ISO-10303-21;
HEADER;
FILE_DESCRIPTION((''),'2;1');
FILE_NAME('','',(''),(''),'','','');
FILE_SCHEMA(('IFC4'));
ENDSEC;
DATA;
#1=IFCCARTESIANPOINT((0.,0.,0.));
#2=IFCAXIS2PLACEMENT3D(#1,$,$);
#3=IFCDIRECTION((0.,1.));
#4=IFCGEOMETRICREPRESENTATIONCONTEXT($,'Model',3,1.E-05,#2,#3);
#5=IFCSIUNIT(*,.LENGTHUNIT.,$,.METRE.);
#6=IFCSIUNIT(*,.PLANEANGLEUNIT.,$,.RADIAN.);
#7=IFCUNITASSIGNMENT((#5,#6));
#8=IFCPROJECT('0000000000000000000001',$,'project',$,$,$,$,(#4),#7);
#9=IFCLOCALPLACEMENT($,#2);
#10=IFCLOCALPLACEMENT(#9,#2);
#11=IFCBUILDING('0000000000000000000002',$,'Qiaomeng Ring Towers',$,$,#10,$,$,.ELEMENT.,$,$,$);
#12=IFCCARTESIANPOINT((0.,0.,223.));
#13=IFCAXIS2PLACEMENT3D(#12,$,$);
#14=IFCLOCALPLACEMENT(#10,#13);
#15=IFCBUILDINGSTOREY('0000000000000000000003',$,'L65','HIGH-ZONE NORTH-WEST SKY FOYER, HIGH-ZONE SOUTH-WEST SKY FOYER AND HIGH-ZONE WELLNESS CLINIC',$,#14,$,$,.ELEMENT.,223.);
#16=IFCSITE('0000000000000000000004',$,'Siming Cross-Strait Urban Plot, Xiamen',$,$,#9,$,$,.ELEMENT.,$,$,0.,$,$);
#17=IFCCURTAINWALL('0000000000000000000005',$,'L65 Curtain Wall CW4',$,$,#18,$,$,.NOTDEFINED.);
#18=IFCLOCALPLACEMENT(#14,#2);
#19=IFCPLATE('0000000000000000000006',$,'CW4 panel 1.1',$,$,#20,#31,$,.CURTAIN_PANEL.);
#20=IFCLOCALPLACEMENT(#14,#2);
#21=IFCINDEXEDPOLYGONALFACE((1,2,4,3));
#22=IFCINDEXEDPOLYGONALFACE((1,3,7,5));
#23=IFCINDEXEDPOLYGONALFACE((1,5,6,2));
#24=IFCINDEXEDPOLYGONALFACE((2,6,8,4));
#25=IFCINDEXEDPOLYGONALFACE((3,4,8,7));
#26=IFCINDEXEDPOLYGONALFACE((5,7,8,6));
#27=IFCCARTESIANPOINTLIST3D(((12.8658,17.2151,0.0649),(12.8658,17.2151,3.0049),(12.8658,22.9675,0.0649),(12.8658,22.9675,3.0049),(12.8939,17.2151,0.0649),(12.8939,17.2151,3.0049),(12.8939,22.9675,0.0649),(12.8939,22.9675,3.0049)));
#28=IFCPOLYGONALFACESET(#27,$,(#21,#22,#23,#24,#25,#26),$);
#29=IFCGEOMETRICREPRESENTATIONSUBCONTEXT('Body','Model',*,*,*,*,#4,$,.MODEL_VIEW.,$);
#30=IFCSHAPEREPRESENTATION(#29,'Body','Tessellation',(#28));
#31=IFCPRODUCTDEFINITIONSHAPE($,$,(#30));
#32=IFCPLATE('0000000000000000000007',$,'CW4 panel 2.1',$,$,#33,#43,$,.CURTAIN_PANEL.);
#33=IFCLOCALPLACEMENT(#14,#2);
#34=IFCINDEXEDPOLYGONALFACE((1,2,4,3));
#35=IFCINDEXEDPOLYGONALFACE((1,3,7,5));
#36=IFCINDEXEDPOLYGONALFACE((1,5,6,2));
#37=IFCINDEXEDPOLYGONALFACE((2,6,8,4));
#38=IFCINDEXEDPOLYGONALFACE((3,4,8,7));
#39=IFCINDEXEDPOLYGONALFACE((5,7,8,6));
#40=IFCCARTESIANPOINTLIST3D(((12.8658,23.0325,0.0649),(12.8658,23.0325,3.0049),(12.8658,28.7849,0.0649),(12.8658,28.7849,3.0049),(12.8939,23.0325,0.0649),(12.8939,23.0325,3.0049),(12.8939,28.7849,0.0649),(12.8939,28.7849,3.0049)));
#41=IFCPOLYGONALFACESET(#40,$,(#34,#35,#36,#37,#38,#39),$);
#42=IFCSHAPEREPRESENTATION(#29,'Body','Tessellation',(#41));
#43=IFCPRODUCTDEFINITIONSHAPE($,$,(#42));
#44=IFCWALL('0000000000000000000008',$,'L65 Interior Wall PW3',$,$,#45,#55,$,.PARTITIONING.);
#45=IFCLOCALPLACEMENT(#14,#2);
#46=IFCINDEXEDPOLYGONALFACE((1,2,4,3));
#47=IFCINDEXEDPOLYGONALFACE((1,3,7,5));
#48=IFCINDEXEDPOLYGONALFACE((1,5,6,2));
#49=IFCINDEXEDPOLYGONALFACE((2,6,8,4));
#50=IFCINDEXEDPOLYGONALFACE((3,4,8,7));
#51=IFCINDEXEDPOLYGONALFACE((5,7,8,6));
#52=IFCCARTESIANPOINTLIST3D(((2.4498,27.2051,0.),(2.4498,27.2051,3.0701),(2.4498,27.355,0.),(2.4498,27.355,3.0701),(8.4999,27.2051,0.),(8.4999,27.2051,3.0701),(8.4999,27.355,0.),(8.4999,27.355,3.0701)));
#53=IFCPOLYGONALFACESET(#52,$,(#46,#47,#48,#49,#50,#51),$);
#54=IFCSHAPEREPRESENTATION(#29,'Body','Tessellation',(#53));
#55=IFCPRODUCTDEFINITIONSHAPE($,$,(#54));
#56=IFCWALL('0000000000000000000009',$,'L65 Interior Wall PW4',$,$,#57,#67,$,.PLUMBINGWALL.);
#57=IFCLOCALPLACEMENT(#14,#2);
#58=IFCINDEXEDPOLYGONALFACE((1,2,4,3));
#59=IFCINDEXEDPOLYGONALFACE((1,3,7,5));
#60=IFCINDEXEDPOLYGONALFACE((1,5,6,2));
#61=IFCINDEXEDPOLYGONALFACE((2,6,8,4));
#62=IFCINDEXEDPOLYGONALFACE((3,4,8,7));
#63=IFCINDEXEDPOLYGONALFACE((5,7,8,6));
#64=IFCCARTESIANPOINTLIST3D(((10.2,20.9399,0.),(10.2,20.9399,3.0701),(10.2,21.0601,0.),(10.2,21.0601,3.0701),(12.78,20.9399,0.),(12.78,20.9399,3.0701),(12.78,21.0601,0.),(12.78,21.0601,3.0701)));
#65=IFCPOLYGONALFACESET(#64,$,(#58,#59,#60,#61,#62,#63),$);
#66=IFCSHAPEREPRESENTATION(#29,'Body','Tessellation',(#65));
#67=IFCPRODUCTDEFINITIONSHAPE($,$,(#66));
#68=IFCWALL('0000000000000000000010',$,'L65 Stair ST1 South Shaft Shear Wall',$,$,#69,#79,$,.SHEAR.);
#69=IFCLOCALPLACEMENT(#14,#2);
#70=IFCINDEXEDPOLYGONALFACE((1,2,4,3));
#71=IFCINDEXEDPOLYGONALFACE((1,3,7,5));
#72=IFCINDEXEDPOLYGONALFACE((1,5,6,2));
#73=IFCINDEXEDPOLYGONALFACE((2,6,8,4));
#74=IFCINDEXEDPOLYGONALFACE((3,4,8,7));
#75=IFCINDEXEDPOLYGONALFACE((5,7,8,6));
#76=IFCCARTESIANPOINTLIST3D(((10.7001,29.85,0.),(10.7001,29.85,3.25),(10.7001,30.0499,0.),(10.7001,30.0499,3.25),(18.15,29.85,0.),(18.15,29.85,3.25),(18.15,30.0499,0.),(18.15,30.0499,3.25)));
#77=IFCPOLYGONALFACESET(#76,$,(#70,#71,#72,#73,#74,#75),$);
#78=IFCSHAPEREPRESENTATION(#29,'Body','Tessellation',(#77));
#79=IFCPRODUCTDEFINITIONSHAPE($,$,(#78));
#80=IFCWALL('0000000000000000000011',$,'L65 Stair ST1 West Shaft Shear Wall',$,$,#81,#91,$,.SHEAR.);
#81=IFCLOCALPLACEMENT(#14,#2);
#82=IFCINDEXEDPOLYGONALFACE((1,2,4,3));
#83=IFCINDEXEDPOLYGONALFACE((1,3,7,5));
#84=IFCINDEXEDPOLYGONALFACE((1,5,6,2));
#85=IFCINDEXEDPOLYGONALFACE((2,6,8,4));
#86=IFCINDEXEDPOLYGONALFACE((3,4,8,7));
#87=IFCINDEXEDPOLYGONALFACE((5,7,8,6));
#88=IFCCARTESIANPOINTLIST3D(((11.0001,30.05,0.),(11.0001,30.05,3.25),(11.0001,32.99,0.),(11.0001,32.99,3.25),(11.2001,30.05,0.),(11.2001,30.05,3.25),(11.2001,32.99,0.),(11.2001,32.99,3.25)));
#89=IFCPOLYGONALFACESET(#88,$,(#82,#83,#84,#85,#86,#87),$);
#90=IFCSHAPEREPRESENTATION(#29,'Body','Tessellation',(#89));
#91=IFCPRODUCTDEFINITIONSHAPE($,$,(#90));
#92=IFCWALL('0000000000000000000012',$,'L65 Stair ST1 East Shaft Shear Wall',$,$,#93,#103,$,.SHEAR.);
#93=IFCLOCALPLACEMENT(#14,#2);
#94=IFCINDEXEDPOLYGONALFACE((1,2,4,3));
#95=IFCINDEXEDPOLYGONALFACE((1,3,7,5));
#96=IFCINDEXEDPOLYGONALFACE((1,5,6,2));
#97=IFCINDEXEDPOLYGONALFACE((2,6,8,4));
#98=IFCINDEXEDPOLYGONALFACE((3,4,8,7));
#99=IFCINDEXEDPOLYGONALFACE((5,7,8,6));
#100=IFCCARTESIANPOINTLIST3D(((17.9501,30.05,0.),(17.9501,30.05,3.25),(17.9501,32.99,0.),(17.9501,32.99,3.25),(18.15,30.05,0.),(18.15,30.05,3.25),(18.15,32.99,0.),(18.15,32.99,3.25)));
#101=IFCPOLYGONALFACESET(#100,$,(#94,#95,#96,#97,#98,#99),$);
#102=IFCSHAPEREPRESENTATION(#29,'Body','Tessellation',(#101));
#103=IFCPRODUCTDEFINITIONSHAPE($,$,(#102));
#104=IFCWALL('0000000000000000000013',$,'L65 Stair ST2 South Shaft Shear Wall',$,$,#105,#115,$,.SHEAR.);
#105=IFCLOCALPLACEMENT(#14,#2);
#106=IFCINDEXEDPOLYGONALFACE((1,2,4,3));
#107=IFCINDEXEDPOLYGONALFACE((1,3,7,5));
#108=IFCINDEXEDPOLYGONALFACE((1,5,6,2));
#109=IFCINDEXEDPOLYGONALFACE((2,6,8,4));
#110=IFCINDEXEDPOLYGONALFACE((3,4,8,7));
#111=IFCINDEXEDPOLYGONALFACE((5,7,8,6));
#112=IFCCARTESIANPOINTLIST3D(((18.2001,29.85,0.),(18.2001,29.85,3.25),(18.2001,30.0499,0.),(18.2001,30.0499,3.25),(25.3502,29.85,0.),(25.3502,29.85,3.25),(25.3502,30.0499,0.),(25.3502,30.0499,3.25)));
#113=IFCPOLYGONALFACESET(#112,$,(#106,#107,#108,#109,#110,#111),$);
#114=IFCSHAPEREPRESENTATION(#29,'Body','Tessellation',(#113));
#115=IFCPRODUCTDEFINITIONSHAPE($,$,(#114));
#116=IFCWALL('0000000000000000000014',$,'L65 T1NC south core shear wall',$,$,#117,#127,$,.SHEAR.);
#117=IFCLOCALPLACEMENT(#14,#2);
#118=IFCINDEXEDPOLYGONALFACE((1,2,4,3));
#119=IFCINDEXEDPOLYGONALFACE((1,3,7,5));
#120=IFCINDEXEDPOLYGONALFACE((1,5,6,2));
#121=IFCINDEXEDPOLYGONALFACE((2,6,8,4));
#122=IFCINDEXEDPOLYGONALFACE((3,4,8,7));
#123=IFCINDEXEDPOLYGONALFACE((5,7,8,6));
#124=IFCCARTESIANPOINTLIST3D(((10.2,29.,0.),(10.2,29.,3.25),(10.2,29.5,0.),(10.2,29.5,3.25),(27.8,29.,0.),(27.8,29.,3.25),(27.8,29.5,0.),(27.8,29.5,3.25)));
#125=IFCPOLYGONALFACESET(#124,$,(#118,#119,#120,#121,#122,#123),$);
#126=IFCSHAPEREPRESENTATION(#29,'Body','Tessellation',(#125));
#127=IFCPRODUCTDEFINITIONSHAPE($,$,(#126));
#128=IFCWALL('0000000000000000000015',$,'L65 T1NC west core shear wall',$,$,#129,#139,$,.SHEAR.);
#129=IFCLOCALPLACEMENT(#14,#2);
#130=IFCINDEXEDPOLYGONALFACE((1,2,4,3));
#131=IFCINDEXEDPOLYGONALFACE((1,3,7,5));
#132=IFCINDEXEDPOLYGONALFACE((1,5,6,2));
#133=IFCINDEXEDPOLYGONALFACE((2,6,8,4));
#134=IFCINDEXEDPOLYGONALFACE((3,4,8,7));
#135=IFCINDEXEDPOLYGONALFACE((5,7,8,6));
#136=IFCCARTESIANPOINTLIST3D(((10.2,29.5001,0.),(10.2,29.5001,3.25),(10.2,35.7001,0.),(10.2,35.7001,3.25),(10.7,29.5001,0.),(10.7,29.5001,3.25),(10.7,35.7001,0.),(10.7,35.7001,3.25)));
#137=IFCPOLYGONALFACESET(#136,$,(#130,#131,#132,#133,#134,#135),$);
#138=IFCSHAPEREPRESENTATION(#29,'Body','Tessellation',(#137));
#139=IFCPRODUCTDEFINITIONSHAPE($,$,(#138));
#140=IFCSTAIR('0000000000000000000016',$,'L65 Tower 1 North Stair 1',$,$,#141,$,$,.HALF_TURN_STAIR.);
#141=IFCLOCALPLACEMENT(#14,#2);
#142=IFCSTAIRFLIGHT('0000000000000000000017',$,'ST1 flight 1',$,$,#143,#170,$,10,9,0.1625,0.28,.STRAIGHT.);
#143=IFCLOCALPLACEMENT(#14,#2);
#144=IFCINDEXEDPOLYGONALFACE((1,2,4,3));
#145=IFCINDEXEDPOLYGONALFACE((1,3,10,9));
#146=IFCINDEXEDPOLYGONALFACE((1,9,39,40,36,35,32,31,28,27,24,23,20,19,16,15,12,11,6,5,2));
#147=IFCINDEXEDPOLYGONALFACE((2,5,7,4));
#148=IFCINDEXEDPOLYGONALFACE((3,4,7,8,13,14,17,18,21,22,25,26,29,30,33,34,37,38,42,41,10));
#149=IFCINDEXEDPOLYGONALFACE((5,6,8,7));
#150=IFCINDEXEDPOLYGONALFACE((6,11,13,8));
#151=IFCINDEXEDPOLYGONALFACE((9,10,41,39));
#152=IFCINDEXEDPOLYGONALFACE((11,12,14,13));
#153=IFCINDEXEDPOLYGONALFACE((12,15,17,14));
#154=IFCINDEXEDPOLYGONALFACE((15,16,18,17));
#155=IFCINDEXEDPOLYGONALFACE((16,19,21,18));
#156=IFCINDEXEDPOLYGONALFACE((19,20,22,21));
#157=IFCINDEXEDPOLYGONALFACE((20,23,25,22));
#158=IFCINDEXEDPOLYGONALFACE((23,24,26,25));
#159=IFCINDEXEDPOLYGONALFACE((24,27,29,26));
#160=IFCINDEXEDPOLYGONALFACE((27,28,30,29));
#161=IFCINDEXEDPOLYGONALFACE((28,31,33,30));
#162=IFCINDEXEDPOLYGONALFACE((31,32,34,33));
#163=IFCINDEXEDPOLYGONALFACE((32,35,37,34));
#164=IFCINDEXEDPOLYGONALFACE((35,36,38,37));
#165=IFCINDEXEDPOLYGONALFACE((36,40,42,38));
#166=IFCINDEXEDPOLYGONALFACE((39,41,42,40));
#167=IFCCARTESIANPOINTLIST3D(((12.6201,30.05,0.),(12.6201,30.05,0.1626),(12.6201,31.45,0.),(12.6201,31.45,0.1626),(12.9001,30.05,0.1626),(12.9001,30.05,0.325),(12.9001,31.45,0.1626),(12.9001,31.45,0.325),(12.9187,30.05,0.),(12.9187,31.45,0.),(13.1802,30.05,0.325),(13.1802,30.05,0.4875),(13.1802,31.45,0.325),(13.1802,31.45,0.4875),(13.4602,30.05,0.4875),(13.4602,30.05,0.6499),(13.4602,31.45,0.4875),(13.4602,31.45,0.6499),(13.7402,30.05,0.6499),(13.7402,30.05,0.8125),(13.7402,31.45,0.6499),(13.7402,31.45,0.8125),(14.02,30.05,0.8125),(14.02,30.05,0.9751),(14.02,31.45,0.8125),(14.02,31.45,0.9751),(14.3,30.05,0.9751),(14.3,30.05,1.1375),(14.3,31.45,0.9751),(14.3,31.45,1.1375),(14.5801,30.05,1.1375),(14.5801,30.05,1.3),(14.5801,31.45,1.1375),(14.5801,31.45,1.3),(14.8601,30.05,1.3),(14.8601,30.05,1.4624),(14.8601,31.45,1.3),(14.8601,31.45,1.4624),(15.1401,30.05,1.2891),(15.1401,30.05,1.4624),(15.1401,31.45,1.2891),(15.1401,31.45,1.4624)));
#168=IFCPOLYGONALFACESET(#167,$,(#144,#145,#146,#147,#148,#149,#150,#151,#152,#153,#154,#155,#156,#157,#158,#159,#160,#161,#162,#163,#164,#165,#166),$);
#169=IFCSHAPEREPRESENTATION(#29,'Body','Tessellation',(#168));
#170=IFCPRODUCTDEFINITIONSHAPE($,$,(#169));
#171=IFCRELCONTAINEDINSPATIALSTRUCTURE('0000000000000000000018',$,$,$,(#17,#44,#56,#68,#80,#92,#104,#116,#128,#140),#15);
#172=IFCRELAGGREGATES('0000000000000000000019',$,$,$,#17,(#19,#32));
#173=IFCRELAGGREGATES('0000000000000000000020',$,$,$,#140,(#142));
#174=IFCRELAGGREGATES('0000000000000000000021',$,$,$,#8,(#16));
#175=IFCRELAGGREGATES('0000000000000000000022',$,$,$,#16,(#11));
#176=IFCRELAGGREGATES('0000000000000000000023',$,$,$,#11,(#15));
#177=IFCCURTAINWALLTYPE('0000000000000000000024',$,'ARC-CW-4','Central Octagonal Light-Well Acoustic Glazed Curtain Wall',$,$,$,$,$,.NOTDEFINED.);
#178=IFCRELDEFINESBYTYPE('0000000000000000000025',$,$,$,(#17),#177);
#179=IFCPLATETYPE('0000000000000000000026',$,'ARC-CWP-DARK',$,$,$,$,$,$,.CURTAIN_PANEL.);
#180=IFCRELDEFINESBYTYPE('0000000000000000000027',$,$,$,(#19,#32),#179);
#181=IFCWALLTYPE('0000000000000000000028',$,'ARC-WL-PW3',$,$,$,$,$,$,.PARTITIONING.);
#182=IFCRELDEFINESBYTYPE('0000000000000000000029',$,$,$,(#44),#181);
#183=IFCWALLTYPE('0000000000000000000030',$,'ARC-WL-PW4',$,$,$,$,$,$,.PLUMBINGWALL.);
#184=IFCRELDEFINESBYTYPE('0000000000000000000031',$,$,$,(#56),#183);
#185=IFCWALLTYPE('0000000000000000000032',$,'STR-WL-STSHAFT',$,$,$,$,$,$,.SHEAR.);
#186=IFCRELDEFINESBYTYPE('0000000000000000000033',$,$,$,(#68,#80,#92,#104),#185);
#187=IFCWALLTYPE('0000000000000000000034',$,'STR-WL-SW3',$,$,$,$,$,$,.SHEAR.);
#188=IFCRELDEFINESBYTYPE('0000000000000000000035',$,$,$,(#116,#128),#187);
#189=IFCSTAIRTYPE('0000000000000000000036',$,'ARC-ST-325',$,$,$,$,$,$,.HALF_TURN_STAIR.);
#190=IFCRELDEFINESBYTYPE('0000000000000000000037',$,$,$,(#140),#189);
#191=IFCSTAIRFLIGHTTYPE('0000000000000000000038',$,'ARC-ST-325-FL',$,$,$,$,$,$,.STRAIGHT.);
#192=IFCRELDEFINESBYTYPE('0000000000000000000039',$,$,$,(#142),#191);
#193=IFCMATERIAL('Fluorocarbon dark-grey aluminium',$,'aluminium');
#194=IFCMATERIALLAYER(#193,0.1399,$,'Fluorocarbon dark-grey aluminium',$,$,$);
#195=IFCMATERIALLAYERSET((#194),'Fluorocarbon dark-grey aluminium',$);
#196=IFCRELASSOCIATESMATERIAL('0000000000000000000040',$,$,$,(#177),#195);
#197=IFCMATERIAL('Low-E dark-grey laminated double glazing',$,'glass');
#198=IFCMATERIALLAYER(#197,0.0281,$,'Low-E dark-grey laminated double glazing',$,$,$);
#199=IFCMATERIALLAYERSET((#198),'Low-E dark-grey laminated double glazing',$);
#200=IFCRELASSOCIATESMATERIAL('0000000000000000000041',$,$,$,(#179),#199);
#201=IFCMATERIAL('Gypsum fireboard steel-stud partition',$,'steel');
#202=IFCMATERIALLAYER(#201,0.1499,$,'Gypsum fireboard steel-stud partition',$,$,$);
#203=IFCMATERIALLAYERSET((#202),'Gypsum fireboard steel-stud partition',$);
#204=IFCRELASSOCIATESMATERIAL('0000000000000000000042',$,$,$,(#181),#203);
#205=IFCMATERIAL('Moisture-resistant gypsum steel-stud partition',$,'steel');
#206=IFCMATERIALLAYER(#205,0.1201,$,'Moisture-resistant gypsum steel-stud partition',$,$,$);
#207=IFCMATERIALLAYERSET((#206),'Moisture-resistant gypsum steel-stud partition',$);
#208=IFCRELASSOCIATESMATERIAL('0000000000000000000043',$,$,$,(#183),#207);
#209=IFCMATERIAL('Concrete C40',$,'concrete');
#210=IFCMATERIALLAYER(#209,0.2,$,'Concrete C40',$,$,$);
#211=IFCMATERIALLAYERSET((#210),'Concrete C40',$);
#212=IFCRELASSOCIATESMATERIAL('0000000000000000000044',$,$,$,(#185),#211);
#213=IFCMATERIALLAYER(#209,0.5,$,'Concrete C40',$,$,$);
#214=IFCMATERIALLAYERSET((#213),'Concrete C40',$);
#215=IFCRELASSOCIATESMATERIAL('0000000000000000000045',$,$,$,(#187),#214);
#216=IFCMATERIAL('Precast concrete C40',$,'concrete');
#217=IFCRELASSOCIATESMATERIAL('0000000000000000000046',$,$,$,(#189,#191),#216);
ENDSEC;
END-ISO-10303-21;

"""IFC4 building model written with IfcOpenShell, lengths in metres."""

from ifc_helpers import new_model, si_unit, direction, frame, frame_2d, origin, origin_2d, place, context, subcontext, project, spatial, polyline, rectangle, outline, extrude, source, transform, mapped, material, layer, layer_set, type_object, element, aggregate, save


model = new_model("IFC4")

# Units and contexts
model_context = context("Model", 3, precision=1e-05, world=origin(), true_north=direction((0.0, 1.0)))
body_context = subcontext(model_context, "Body", "Model", "MODEL_VIEW")
ifc_project = project(units=[si_unit("LENGTHUNIT", "METRE"), si_unit("PLANEANGLEUNIT", "RADIAN")], contexts=[model_context])

# Site, building, storey
site_placement = place(None, origin())
site = spatial("IfcSite", under=ifc_project, at=site_placement, Name="Siming Cross-Strait Urban Plot, Xiamen", CompositionType="ELEMENT", RefElevation=0.0)
building_placement = place(site_placement, origin())
building = spatial("IfcBuilding", under=site, at=building_placement, Name="Qiaomeng Ring Towers", CompositionType="ELEMENT")
storey_placement = place(building_placement, frame((0.0, 0.0, 223.0)))
storey = spatial("IfcBuildingStorey", under=building, at=storey_placement, Name="L65", Description="HIGH-ZONE NORTH-WEST SKY FOYER, HIGH-ZONE SOUTH-WEST SKY FOYER AND HIGH-ZONE WELLNESS CLINIC", CompositionType="ELEMENT", Elevation=223.0)

# Shared definitions
ifc_material_1 = material(Name="Concrete C40", Category="concrete")

# Curtain wall
ifc_material_2 = material(Name="Fluorocarbon dark-grey aluminium", Category="aluminium")
ifc_layer_1 = layer(ifc_material_2, 0.1399, Name="Fluorocarbon dark-grey aluminium")
ifc_layer_set_1 = layer_set([ifc_layer_1], Name="Fluorocarbon dark-grey aluminium")
curtain_wall_type = type_object("IfcCurtainWallType", Name="ARC-CW-4", Description="Central Octagonal Light-Well Acoustic Glazed Curtain Wall", PredefinedType="NOTDEFINED", material=ifc_layer_set_1)
curtain_wall_placement = place(storey_placement, origin())
curtain_wall = element("IfcCurtainWall", 1, at=curtain_wall_placement, inside=storey, type_object=curtain_wall_type, Name="L65 Curtain Wall CW4", PredefinedType="NOTDEFINED")

# Plates
ifc_material_3 = material(Name="Low-E dark-grey laminated double glazing", Category="glass")
ifc_layer_2 = layer(ifc_material_3, 0.0281, Name="Low-E dark-grey laminated double glazing")
ifc_layer_set_2 = layer_set([ifc_layer_2], Name="Low-E dark-grey laminated double glazing")
plate_type = type_object("IfcPlateType", Name="ARC-CWP-DARK", PredefinedType="CURTAIN_PANEL", material=ifc_layer_set_2)
shared_shape_1 = source(origin(), body_context, "Body", "SweptSolid", [
    extrude(rectangle(XDim=5.7524, YDim=0.0281, at=origin_2d()), origin(), (0.0, 0.0, 1.0), 2.9399),
])
plate_1_placement = place(storey_placement, frame((12.8799, 20.0913, 0.0649), z_axis=(0.0, 0.0, 1.0), x_axis=(0.0, 1.0, 0.0)))
plate_1 = element("IfcPlate", 2, at=plate_1_placement, type_object=plate_type, Name="CW4 panel 1.1", PredefinedType="CURTAIN_PANEL", context=body_context, shape_type="MappedRepresentation", body=[
    mapped(shared_shape_1, transform((0.0, 0.0, 0.0), x_axis=(1.0, 0.0, 0.0), y_axis=(0.0, 1.0, 0.0), z_axis=(0.0, 0.0, 1.0), scale=1.0)),
])
plate_2_placement = place(storey_placement, frame((12.8799, 25.9087, 0.0649), z_axis=(0.0, 0.0, 1.0), x_axis=(0.0, 1.0, 0.0)))
plate_2 = element("IfcPlate", 3, at=plate_2_placement, type_object=plate_type, Name="CW4 panel 2.1", PredefinedType="CURTAIN_PANEL", context=body_context, shape_type="MappedRepresentation", body=[
    mapped(shared_shape_1, transform((0.0, 0.0, 0.0), x_axis=(1.0, 0.0, 0.0), y_axis=(0.0, 1.0, 0.0), z_axis=(0.0, 0.0, 1.0), scale=1.0)),
])
aggregate(curtain_wall, [plate_1, plate_2])

# Walls
ifc_material_4 = material(Name="Gypsum fireboard steel-stud partition", Category="steel")
ifc_layer_3 = layer(ifc_material_4, 0.1499, Name="Gypsum fireboard steel-stud partition")
ifc_layer_set_3 = layer_set([ifc_layer_3], Name="Gypsum fireboard steel-stud partition")
wall_type_1 = type_object("IfcWallType", Name="ARC-WL-PW3", PredefinedType="PARTITIONING", material=ifc_layer_set_3)
wall_1_placement = place(storey_placement, frame((2.45, 27.28, 0.0), z_axis=(0.0, 0.0, 1.0), x_axis=(1.0, 0.0, 0.0)))
element("IfcWall", 4, at=wall_1_placement, inside=storey, type_object=wall_type_1, Name="L65 Interior Wall PW3", PredefinedType="PARTITIONING", context=body_context, shape_type="SweptSolid", body=[
    extrude(rectangle(XDim=6.05, YDim=0.1499, at=frame_2d((3.0249, 0.0))), origin(), (0.0, 0.0, 1.0), 3.0701),
])
ifc_material_5 = material(Name="Moisture-resistant gypsum steel-stud partition", Category="steel")
ifc_layer_4 = layer(ifc_material_5, 0.1201, Name="Moisture-resistant gypsum steel-stud partition")
ifc_layer_set_4 = layer_set([ifc_layer_4], Name="Moisture-resistant gypsum steel-stud partition")
wall_type_2 = type_object("IfcWallType", Name="ARC-WL-PW4", PredefinedType="PLUMBINGWALL", material=ifc_layer_set_4)
wall_2_placement = place(storey_placement, frame((10.2, 21.0, 0.0), z_axis=(0.0, 0.0, 1.0), x_axis=(1.0, 0.0, 0.0)))
element("IfcWall", 5, at=wall_2_placement, inside=storey, type_object=wall_type_2, Name="L65 Interior Wall PW4", PredefinedType="PLUMBINGWALL", context=body_context, shape_type="SweptSolid", body=[
    extrude(rectangle(XDim=2.5801, YDim=0.1201, at=frame_2d((1.29, 0.0))), origin(), (0.0, 0.0, 1.0), 3.0701),
])
ifc_layer_5 = layer(ifc_material_1, 0.2, Name="Concrete C40")
ifc_layer_set_5 = layer_set([ifc_layer_5], Name="Concrete C40")
wall_type_3 = type_object("IfcWallType", Name="STR-WL-STSHAFT", PredefinedType="SHEAR", material=ifc_layer_set_5)
wall_3_placement = place(storey_placement, frame((10.7, 29.95, 0.0), z_axis=(0.0, 0.0, 1.0), x_axis=(1.0, 0.0, 0.0)))
element("IfcWall", 6, at=wall_3_placement, inside=storey, type_object=wall_type_3, Name="L65 Stair ST1 South Shaft Shear Wall", PredefinedType="SHEAR", context=body_context, shape_type="SweptSolid", body=[
    extrude(rectangle(XDim=7.45, YDim=0.2, at=frame_2d((3.7251, 0.0))), origin(), (0.0, 0.0, 1.0), 3.25),
])
for number, where, z_axis, x_axis, name in (
    (7, (11.1001, 30.05, 0.0), (0.0, 0.0, 1.0), (0.0, 1.0, 0.0), "L65 Stair ST1 West Shaft Shear Wall"),
    (8, (18.05, 30.05, 0.0), (0.0, 0.0, 1.0), (0.0, 1.0, 0.0), "L65 Stair ST1 East Shaft Shear Wall"),
):
    element("IfcWall", number, at=place(storey_placement, frame(where, z_axis=z_axis, x_axis=x_axis)), inside=storey, type_object=wall_type_3, Name=name, PredefinedType="SHEAR", context=body_context, shape_type="SweptSolid", body=[
        extrude(rectangle(XDim=2.9399, YDim=0.2, at=frame_2d((1.47, 0.0))), origin(), (0.0, 0.0, 1.0), 3.25),
    ])
wall_4_placement = place(storey_placement, frame((18.2, 29.95, 0.0), z_axis=(0.0, 0.0, 1.0), x_axis=(1.0, 0.0, 0.0)))
element("IfcWall", 9, at=wall_4_placement, inside=storey, type_object=wall_type_3, Name="L65 Stair ST2 South Shaft Shear Wall", PredefinedType="SHEAR", context=body_context, shape_type="SweptSolid", body=[
    extrude(rectangle(XDim=7.1501, YDim=0.2, at=frame_2d((3.5752, 0.0))), origin(), (0.0, 0.0, 1.0), 3.25),
])
ifc_layer_6 = layer(ifc_material_1, 0.5, Name="Concrete C40")
ifc_layer_set_6 = layer_set([ifc_layer_6], Name="Concrete C40")
wall_type_4 = type_object("IfcWallType", Name="STR-WL-SW3", PredefinedType="SHEAR", material=ifc_layer_set_6)
wall_5_placement = place(storey_placement, frame((10.2, 29.25, 0.0), z_axis=(0.0, 0.0, 1.0), x_axis=(1.0, 0.0, 0.0)))
element("IfcWall", 10, at=wall_5_placement, inside=storey, type_object=wall_type_4, Name="L65 T1NC south core shear wall", PredefinedType="SHEAR", context=body_context, shape_type="SweptSolid", body=[
    extrude(rectangle(XDim=17.6001, YDim=0.5, at=frame_2d((8.8, 0.0))), origin(), (0.0, 0.0, 1.0), 3.25),
])
wall_6_placement = place(storey_placement, frame((10.45, 29.5, 0.0), z_axis=(0.0, 0.0, 1.0), x_axis=(0.0, 1.0, 0.0)))
element("IfcWall", 11, at=wall_6_placement, inside=storey, type_object=wall_type_4, Name="L65 T1NC west core shear wall", PredefinedType="SHEAR", context=body_context, shape_type="SweptSolid", body=[
    extrude(rectangle(XDim=6.2, YDim=0.5, at=frame_2d((3.1001, 0.0))), origin(), (0.0, 0.0, 1.0), 3.25),
])

# Stair, stair flight
ifc_material_6 = material(Name="Precast concrete C40", Category="concrete")
stair_type = type_object("IfcStairType", Name="ARC-ST-325", PredefinedType="HALF_TURN_STAIR", material=ifc_material_6)
stair_placement = place(storey_placement, origin())
stair = element("IfcStair", 12, at=stair_placement, inside=storey, type_object=stair_type, Name="L65 Tower 1 North Stair 1", PredefinedType="HALF_TURN_STAIR")
stair_flight_type = type_object("IfcStairFlightType", Name="ARC-ST-325-FL", PredefinedType="STRAIGHT", material=ifc_material_6)
shared_shape_2 = source(origin(), body_context, "Body", "SweptSolid", [
    extrude(outline(polyline([(0.0, 0.0), (0.0, 0.1626), (0.28, 0.1626), (0.28, 0.325), (0.5601, 0.325), (0.5601, 0.4875), (0.8401, 0.4875), (0.8401, 0.6499), (1.1201, 0.6499), (1.1201, 0.8125), (1.3999, 0.8125), (1.3999, 0.9751), (1.6799, 0.9751), (1.6799, 1.1375), (1.96, 1.1375), (1.96, 1.3), (2.24, 1.3), (2.24, 1.4624), (2.52, 1.4624), (2.52, 1.625), (2.52, 1.2891), (0.2986, 0.0), (0.0, 0.0)])), frame((0.0, 0.7, 0.0), z_axis=(0.0, -1.0, 0.0), x_axis=(1.0, 0.0, 0.0)), (0.0, 0.0, 1.0), 1.3999),
])
stair_flight_placement = place(storey_placement, frame((12.6201, 30.75, 0.0), z_axis=(0.0, 0.0, 1.0), x_axis=(1.0, 0.0, 0.0)))
stair_flight = element("IfcStairFlight", 13, at=stair_flight_placement, type_object=stair_flight_type, Name="ST1 flight 1", NumberOfRisers=10, NumberOfTreads=9, PredefinedType="STRAIGHT", RiserHeight=0.1625, TreadLength=0.28, context=body_context, shape_type="MappedRepresentation", body=[
    mapped(shared_shape_2, transform((0.0, 0.0, 0.0), x_axis=(1.0, 0.0, 0.0), y_axis=(0.0, 1.0, 0.0), z_axis=(0.0, 0.0, 1.0), scale=1.0)),
])
aggregate(stair, [stair_flight])

save(model, "model.ifc")
